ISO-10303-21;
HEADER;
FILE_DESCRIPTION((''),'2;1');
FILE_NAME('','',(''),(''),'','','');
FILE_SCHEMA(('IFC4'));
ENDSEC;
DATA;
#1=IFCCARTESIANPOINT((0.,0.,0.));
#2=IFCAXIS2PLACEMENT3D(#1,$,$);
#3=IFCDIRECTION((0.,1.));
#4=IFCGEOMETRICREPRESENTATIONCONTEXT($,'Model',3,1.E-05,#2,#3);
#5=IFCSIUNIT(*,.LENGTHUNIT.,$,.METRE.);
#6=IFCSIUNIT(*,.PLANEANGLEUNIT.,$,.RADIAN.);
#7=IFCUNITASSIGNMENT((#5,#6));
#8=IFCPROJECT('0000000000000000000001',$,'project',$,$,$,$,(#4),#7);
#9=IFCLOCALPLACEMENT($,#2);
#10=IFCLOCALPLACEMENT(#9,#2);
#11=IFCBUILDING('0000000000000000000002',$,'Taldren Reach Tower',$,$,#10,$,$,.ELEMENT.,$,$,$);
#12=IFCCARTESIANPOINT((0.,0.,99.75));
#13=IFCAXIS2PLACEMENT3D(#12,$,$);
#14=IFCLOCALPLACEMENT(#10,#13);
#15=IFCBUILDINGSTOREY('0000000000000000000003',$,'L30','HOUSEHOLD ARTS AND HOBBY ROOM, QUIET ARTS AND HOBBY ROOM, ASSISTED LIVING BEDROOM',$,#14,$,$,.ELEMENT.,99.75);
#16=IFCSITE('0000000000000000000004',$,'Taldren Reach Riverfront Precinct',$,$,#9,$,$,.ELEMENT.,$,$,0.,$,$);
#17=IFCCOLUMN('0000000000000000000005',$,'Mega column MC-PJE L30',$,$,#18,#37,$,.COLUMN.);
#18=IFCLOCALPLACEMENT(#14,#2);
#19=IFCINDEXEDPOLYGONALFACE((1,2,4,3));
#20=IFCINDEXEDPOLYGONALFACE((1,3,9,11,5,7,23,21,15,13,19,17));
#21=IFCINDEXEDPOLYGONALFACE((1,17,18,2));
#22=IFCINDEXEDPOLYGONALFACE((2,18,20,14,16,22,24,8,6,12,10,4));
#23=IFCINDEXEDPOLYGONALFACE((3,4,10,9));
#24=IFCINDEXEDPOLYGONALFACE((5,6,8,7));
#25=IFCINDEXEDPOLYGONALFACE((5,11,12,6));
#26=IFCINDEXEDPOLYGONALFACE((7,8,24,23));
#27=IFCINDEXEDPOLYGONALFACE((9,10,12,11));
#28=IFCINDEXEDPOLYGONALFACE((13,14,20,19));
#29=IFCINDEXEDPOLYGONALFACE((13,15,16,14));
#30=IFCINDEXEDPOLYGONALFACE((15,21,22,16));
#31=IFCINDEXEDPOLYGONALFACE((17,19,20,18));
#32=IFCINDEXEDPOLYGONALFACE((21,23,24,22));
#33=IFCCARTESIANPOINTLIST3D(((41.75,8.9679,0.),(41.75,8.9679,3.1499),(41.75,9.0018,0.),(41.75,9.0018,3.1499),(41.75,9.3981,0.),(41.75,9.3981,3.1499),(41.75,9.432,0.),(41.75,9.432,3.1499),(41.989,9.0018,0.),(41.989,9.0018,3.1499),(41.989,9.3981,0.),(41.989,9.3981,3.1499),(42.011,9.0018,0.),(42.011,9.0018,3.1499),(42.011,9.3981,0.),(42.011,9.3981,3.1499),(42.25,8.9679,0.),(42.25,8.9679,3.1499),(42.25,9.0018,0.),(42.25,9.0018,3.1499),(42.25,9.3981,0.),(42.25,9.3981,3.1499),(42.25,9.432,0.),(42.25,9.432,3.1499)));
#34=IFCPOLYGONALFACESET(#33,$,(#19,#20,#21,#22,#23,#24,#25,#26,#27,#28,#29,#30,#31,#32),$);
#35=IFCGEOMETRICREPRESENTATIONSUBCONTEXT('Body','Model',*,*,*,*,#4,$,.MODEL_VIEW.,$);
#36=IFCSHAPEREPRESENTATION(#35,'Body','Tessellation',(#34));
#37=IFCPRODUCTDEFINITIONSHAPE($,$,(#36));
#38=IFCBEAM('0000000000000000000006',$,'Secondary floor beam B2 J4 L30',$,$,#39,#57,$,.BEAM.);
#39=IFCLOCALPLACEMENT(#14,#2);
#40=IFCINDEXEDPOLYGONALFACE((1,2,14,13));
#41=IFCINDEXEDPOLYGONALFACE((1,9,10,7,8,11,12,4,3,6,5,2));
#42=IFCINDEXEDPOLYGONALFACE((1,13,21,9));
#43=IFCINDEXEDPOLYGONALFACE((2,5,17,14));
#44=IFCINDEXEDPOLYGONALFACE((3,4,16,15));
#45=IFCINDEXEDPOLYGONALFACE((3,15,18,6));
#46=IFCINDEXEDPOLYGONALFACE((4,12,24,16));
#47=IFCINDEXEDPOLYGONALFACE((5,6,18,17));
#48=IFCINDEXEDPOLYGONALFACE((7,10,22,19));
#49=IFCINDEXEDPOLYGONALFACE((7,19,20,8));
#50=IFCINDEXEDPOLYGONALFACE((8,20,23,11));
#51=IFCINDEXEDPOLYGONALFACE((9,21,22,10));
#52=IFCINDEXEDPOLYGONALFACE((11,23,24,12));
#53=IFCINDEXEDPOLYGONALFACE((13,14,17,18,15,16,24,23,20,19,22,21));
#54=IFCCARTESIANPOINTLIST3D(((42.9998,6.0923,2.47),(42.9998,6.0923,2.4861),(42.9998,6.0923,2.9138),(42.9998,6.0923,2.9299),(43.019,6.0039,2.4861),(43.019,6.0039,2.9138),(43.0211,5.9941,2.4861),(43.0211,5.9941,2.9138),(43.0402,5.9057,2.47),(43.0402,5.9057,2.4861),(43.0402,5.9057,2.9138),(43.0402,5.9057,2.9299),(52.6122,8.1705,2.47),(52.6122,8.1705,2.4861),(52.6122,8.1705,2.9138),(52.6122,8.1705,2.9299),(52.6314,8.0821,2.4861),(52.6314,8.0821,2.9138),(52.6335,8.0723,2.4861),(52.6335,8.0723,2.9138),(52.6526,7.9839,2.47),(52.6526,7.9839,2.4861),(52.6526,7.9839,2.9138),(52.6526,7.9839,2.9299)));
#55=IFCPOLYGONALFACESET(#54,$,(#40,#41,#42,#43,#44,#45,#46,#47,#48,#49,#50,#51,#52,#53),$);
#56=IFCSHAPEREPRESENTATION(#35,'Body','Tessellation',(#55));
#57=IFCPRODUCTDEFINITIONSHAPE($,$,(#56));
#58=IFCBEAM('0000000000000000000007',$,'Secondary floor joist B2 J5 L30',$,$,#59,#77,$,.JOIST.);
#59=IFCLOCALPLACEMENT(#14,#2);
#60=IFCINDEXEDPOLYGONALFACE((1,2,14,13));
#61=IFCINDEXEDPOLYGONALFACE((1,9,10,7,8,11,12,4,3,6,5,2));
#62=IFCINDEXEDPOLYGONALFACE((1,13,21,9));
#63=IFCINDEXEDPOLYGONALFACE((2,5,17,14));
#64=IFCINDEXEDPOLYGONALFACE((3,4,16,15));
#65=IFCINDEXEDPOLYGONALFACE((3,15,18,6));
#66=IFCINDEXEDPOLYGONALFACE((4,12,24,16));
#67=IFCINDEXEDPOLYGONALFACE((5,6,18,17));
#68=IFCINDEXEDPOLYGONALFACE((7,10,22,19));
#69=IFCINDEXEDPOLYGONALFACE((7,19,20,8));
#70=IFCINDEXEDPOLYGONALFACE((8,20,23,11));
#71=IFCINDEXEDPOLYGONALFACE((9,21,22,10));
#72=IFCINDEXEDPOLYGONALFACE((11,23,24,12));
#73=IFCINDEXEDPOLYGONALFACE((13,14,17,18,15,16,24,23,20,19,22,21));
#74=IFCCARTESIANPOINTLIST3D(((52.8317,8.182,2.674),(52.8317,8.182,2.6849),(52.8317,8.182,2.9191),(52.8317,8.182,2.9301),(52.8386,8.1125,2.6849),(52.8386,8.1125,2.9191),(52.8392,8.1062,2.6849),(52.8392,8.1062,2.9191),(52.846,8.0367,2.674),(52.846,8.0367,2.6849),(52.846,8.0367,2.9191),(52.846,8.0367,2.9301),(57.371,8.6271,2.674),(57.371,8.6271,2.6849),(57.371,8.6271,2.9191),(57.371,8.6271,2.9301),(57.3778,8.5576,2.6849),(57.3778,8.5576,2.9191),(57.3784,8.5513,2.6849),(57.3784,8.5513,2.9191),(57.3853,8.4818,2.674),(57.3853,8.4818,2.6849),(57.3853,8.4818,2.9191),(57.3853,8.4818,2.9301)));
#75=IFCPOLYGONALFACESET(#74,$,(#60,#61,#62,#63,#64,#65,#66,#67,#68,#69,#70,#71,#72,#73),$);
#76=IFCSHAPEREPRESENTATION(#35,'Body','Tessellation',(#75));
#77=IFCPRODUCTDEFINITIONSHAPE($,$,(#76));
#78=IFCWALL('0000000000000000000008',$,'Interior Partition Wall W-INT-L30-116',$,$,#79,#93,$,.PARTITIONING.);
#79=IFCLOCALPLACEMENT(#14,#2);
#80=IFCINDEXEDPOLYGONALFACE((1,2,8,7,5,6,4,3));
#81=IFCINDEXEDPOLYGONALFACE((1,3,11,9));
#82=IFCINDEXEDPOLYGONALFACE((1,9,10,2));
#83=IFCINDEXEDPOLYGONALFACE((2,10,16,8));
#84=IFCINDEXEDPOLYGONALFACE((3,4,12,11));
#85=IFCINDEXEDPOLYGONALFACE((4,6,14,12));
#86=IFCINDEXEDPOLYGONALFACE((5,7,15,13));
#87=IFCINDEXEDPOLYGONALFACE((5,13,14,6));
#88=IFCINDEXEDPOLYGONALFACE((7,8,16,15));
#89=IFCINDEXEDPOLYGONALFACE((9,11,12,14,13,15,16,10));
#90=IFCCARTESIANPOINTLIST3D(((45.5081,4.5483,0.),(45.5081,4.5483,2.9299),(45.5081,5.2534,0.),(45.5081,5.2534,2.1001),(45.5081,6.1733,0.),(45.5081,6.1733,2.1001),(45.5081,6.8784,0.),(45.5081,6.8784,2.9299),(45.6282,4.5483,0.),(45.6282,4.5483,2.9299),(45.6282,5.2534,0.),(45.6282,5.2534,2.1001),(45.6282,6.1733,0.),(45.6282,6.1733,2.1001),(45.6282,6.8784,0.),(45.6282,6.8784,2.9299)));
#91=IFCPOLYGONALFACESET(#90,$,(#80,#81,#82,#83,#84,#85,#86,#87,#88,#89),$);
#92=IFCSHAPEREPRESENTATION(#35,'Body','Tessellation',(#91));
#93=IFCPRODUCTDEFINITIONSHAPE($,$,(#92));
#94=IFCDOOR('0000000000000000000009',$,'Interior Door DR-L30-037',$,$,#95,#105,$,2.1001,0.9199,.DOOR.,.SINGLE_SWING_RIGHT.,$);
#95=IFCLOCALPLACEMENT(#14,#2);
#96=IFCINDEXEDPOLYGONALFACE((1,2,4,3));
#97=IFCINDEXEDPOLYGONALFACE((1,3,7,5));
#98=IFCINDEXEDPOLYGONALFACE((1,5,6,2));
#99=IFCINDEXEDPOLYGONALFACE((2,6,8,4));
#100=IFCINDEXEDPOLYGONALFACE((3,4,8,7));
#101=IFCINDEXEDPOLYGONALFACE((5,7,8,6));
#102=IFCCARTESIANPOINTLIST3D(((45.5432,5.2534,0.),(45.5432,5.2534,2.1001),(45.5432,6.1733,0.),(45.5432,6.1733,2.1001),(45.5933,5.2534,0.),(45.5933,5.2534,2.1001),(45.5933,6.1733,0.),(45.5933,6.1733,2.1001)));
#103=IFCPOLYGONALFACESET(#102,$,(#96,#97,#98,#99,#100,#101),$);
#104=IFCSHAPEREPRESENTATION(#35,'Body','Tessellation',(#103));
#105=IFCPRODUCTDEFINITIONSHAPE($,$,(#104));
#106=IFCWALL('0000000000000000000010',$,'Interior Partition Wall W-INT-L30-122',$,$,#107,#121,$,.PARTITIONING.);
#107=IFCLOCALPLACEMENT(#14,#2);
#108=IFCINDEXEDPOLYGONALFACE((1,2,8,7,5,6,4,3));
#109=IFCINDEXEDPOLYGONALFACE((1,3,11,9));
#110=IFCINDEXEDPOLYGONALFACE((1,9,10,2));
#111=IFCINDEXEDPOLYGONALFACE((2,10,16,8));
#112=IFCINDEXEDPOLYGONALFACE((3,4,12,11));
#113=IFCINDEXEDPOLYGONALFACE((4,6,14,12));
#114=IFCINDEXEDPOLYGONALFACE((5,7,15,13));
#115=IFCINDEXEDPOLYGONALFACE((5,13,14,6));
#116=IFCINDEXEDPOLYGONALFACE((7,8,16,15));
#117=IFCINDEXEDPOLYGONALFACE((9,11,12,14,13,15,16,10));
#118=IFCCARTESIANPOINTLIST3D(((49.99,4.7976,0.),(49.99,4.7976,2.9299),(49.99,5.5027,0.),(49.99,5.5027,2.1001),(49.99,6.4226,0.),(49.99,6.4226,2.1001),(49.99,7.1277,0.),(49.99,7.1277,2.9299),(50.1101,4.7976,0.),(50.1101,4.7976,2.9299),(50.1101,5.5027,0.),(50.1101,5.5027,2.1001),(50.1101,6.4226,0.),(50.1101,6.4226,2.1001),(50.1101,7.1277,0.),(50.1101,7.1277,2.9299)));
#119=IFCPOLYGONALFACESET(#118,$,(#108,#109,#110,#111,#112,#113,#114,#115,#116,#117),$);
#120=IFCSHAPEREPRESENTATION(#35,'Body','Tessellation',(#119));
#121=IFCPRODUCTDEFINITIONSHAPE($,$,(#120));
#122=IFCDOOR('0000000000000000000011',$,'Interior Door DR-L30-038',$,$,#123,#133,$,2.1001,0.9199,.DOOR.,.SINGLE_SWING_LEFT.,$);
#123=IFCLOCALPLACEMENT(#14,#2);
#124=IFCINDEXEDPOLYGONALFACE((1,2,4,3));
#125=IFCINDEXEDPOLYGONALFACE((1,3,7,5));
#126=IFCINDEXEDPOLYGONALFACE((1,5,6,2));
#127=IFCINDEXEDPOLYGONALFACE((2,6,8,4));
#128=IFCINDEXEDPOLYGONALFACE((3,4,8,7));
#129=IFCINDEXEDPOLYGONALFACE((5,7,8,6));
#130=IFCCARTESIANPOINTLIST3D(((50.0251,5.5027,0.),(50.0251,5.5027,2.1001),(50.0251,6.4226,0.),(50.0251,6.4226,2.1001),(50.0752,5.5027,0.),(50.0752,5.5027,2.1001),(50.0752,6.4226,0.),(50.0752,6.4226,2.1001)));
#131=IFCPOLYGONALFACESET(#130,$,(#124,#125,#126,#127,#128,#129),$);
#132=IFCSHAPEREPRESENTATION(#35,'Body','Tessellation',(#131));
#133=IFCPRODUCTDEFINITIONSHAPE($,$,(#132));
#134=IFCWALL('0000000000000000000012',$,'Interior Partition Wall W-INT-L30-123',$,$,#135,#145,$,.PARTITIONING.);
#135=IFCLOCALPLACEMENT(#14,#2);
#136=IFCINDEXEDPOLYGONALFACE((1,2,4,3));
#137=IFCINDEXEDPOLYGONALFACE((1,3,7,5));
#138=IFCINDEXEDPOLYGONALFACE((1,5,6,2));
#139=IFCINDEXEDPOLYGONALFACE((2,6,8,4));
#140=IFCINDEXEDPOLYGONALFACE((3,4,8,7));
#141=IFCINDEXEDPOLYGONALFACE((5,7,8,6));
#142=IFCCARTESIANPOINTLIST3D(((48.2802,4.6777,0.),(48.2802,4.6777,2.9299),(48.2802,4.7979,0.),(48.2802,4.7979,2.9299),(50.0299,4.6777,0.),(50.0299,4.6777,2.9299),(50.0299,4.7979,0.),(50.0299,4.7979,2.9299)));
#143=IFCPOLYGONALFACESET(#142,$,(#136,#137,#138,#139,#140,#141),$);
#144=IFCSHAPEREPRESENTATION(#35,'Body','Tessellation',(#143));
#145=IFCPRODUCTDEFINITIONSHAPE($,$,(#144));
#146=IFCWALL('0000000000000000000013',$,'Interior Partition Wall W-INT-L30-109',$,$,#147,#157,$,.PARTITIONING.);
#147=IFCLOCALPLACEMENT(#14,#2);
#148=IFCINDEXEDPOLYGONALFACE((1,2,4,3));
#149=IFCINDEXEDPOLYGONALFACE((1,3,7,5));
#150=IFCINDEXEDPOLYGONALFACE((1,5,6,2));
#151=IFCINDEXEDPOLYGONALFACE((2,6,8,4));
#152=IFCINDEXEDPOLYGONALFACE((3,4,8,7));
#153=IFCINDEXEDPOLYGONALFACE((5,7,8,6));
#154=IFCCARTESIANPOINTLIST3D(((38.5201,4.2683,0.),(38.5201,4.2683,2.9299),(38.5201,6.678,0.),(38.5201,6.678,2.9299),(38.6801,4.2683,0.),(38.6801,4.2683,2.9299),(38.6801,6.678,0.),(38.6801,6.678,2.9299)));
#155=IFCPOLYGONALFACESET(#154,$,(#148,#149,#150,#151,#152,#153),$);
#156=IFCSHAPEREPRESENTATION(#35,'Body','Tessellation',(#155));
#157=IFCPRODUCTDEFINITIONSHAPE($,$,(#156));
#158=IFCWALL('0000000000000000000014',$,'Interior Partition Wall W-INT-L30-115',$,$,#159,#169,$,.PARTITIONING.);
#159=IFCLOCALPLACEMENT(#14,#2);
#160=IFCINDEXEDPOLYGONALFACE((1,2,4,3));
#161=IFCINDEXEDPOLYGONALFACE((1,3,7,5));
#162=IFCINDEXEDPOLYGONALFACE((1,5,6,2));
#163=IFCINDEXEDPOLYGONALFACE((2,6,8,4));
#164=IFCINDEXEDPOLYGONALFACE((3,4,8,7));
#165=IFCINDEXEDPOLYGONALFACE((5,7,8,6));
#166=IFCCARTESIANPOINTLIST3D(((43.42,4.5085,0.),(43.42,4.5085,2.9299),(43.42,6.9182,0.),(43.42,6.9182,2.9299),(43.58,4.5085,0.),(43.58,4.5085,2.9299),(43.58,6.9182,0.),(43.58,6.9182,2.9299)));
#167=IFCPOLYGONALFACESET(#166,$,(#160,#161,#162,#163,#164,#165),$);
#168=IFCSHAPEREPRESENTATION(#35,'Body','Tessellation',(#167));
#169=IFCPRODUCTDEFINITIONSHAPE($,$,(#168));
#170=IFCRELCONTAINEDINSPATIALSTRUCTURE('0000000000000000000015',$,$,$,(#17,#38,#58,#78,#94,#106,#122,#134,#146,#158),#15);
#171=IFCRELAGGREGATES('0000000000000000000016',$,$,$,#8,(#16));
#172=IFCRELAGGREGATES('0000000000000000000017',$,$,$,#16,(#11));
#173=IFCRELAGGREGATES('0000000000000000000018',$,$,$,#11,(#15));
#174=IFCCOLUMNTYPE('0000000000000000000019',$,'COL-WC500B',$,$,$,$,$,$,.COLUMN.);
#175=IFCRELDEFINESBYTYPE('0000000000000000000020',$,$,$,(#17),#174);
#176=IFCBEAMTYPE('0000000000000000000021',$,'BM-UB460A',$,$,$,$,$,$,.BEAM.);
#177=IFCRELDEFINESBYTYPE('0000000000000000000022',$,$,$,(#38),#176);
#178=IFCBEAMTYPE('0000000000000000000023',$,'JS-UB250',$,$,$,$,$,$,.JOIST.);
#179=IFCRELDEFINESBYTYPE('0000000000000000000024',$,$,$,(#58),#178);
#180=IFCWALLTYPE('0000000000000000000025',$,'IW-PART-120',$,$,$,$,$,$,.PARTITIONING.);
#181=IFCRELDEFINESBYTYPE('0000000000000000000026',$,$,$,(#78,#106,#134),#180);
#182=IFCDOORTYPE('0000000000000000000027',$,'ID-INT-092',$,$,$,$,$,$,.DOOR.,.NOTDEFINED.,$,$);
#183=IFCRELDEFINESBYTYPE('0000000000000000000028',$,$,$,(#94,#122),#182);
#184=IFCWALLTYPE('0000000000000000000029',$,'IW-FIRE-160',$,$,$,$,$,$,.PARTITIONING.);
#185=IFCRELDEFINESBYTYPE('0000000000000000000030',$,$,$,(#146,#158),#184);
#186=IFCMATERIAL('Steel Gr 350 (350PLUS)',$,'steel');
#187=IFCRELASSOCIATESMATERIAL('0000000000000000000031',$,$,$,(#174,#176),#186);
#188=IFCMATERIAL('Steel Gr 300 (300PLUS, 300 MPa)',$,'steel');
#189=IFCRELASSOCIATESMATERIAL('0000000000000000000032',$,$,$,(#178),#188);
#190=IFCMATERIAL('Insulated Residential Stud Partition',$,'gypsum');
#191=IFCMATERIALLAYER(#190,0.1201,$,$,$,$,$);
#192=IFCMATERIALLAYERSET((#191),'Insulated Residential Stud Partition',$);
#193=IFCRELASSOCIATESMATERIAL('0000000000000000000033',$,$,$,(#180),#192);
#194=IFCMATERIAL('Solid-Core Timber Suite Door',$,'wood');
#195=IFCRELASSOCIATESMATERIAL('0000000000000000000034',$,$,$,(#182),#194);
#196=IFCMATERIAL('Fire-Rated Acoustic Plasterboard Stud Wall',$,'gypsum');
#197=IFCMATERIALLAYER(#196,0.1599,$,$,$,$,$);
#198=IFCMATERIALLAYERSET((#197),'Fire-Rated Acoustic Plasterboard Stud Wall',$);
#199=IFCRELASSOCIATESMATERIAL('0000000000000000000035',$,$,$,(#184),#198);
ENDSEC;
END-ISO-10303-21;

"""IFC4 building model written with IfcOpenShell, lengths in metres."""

from ifc_helpers import new_model, si_unit, direction, frame, frame_2d, origin, origin_2d, place, context, subcontext, project, spatial, rectangle, i_section, extrude, source, transform, mapped, material, layer, layer_set, material_profile, profile_set, type_object, element, fill, save


model = new_model("IFC4")

# Units and contexts
model_context = context("Model", 3, precision=1e-05, world=origin(), true_north=direction((0.0, 1.0)))
body_context = subcontext(model_context, "Body", "Model", "MODEL_VIEW")
ifc_project = project(units=[si_unit("LENGTHUNIT", "METRE"), si_unit("PLANEANGLEUNIT", "RADIAN")], contexts=[model_context])

# Site, building, storey
site_placement = place(None, origin())
site = spatial("IfcSite", under=ifc_project, at=site_placement, Name="Taldren Reach Riverfront Precinct", CompositionType="ELEMENT", RefElevation=0.0)
building_placement = place(site_placement, origin())
building = spatial("IfcBuilding", under=site, at=building_placement, Name="Taldren Reach Tower", CompositionType="ELEMENT")
storey_placement = place(building_placement, frame((0.0, 0.0, 99.75)))
storey = spatial("IfcBuildingStorey", under=building, at=storey_placement, Name="L30", Description="HOUSEHOLD ARTS AND HOBBY ROOM, QUIET ARTS AND HOBBY ROOM, ASSISTED LIVING BEDROOM", CompositionType="ELEMENT", Elevation=99.75)

# Column
ifc_material_1 = material(Name="Steel Gr 350 (350PLUS)", Category="steel")
ifc_material_profile_1 = material_profile(ifc_material_1, i_section(OverallWidth=0.5, OverallDepth=0.4641, WebThickness=0.022, FlangeThickness=0.0339, at=origin_2d()), Name="500WC340")
ifc_profile_set_1 = profile_set([ifc_material_profile_1], Name="Steel Gr 350 (350PLUS)")
column_type = type_object("IfcColumnType", Name="COL-WC500B", PredefinedType="COLUMN", material=ifc_profile_set_1)
shared_shape_1 = source(origin(), body_context, "Body", "SweptSolid", [
    extrude(i_section(OverallWidth=0.5, OverallDepth=0.4641, WebThickness=0.022, FlangeThickness=0.0339, at=origin_2d()), origin(), (0.0, 0.0, 1.0), 3.1499),
])
column_placement = place(storey_placement, frame((42.0, 9.2, 0.0), z_axis=(0.0, 0.0, 1.0), x_axis=(1.0, 0.0, 0.0)))
element("IfcColumn", 1, at=column_placement, inside=storey, type_object=column_type, Name="Mega column MC-PJE L30", PredefinedType="COLUMN", context=body_context, shape_type="MappedRepresentation", body=[
    mapped(shared_shape_1, transform((0.0, 0.0, 0.0), scale=1.0)),
])

# Beams
ifc_material_profile_2 = material_profile(ifc_material_1, i_section(OverallWidth=0.1909, OverallDepth=0.46, WebThickness=0.01, FlangeThickness=0.0161, at=origin_2d()), Name="460UB82.1")
ifc_profile_set_2 = profile_set([ifc_material_profile_2], Name="Steel Gr 350 (350PLUS)")
beam_type_1 = type_object("IfcBeamType", Name="BM-UB460A", PredefinedType="BEAM", material=ifc_profile_set_2)
shared_shape_2 = source(origin(), body_context, "Body", "SweptSolid", [
    extrude(i_section(OverallWidth=0.1909, OverallDepth=0.46, WebThickness=0.01, FlangeThickness=0.0161, at=origin_2d()), origin(), (0.0, 0.0, 1.0), 9.8345),
])
beam_1_placement = place(storey_placement, frame((43.02, 5.999, 2.7), z_axis=(0.977419, 0.211312, 0.0), x_axis=(-0.211312, 0.977419, 0.0)))
element("IfcBeam", 2, at=beam_1_placement, inside=storey, type_object=beam_type_1, Name="Secondary floor beam B2 J4 L30", PredefinedType="BEAM", context=body_context, shape_type="MappedRepresentation", body=[
    mapped(shared_shape_2, transform((0.0, 0.0, 0.0), scale=1.0)),
])
ifc_material_2 = material(Name="Steel Gr 300 (300PLUS, 300 MPa)", Category="steel")
ifc_material_profile_3 = material_profile(ifc_material_2, i_section(OverallWidth=0.146, OverallDepth=0.2561, WebThickness=0.0063, FlangeThickness=0.011, at=origin_2d()), Name="250UB37.3")
ifc_profile_set_3 = profile_set([ifc_material_profile_3], Name="Steel Gr 300 (300PLUS, 300 MPa)")
beam_type_2 = type_object("IfcBeamType", Name="JS-UB250", PredefinedType="JOIST", material=ifc_profile_set_3)
shared_shape_3 = source(origin(), body_context, "Body", "SweptSolid", [
    extrude(i_section(OverallWidth=0.146, OverallDepth=0.2561, WebThickness=0.0063, FlangeThickness=0.011, at=origin_2d()), origin(), (0.0, 0.0, 1.0), 4.561),
])
beam_2_placement = place(storey_placement, frame((52.8389, 8.1094, 2.802), z_axis=(0.995228, 0.09758, 0.0), x_axis=(-0.09758, 0.995228, 0.0)))
element("IfcBeam", 3, at=beam_2_placement, inside=storey, type_object=beam_type_2, Name="Secondary floor joist B2 J5 L30", PredefinedType="JOIST", context=body_context, shape_type="MappedRepresentation", body=[
    mapped(shared_shape_3, transform((0.0, 0.0, 0.0), scale=1.0)),
])

# Walls, openings, doors
ifc_material_3 = material(Name="Insulated Residential Stud Partition", Category="gypsum")
ifc_layer_1 = layer(ifc_material_3, 0.1201)
ifc_layer_set_1 = layer_set([ifc_layer_1], Name="Insulated Residential Stud Partition")
wall_type_1 = type_object("IfcWallType", Name="IW-PART-120", PredefinedType="PARTITIONING", material=ifc_layer_set_1)
shared_shape_4 = source(origin(), body_context, "Body", "SweptSolid", [
    extrude(rectangle(XDim=2.3301, YDim=0.1201, at=frame_2d((1.165, 0.0))), origin(), (0.0, 0.0, 1.0), 2.9299),
])
wall_1_placement = place(storey_placement, frame((45.5681, 4.5483, 0.0), z_axis=(0.0, 0.0, 1.0), x_axis=(0.0, 1.0, 0.0)))
wall_1 = element("IfcWall", 4, at=wall_1_placement, inside=storey, type_object=wall_type_1, Name="Interior Partition Wall W-INT-L30-116", PredefinedType="PARTITIONING", context=body_context, shape_type="MappedRepresentation", body=[
    mapped(shared_shape_4, transform((0.0, 0.0, 0.0), scale=1.0)),
])
shared_shape_5 = source(origin(), body_context, "Body", "SweptSolid", [
    extrude(rectangle(XDim=0.9199, YDim=2.1001, at=frame_2d((0.46, 1.05))), frame((0.0, 0.0701, 0.0), z_axis=(0.0, -1.0, 0.0), x_axis=(1.0, 0.0, 0.0)), (0.0, 0.0, 1.0), 0.1401),
])
opening_1_placement = place(wall_1_placement, frame((0.7051, 0.0, 0.0)))
opening_1 = element("IfcOpeningElement", 5, at=opening_1_placement, cuts=wall_1, PredefinedType="OPENING", context=body_context, shape_type="MappedRepresentation", body=[
    mapped(shared_shape_5, transform((0.0, 0.0, 0.0), scale=1.0)),
])
ifc_material_4 = material(Name="Solid-Core Timber Suite Door", Category="wood")
door_type = type_object("IfcDoorType", Name="ID-INT-092", OperationType="NOTDEFINED", PredefinedType="DOOR", material=ifc_material_4)
shared_shape_6 = source(origin(), body_context, "Body", "SweptSolid", [
    extrude(rectangle(XDim=0.9199, YDim=2.1001, at=frame_2d((0.46, 1.05))), frame((0.0, 0.0249, 0.0), z_axis=(0.0, -1.0, 0.0), x_axis=(1.0, 0.0, 0.0)), (0.0, 0.0, 1.0), 0.05),
])
door_1_placement = place(opening_1_placement, origin())
door_1 = element("IfcDoor", 6, at=door_1_placement, inside=storey, type_object=door_type, Name="Interior Door DR-L30-037", OperationType="SINGLE_SWING_RIGHT", OverallHeight=2.1001, OverallWidth=0.9199, PredefinedType="DOOR", context=body_context, shape_type="MappedRepresentation", body=[
    mapped(shared_shape_6, transform((0.0, 0.0, 0.0), scale=1.0)),
])
fill(opening_1, door_1)
wall_2_placement = place(storey_placement, frame((50.05, 4.7976, 0.0), z_axis=(0.0, 0.0, 1.0), x_axis=(0.0, 1.0, 0.0)))
wall_2 = element("IfcWall", 7, at=wall_2_placement, inside=storey, type_object=wall_type_1, Name="Interior Partition Wall W-INT-L30-122", PredefinedType="PARTITIONING", context=body_context, shape_type="MappedRepresentation", body=[
    mapped(shared_shape_4, transform((0.0, 0.0, 0.0), scale=1.0)),
])
opening_2_placement = place(wall_2_placement, frame((0.7051, 0.0, 0.0)))
opening_2 = element("IfcOpeningElement", 8, at=opening_2_placement, cuts=wall_2, PredefinedType="OPENING", context=body_context, shape_type="MappedRepresentation", body=[
    mapped(shared_shape_5, transform((0.0, 0.0, 0.0), scale=1.0)),
])
door_2_placement = place(opening_2_placement, origin())
door_2 = element("IfcDoor", 9, at=door_2_placement, inside=storey, type_object=door_type, Name="Interior Door DR-L30-038", OperationType="SINGLE_SWING_LEFT", OverallHeight=2.1001, OverallWidth=0.9199, PredefinedType="DOOR", context=body_context, shape_type="MappedRepresentation", body=[
    mapped(shared_shape_6, transform((0.0, 0.0, 0.0), scale=1.0)),
])
fill(opening_2, door_2)

# Walls
shared_shape_7 = source(origin(), body_context, "Body", "SweptSolid", [
    extrude(rectangle(XDim=1.7498, YDim=0.1201, at=frame_2d((0.875, 0.0))), origin(), (0.0, 0.0, 1.0), 2.9299),
])
wall_3_placement = place(storey_placement, frame((48.28, 4.7378, 0.0), z_axis=(0.0, 0.0, 1.0), x_axis=(1.0, 0.0, 0.0)))
element("IfcWall", 10, at=wall_3_placement, inside=storey, type_object=wall_type_1, Name="Interior Partition Wall W-INT-L30-123", PredefinedType="PARTITIONING", context=body_context, shape_type="MappedRepresentation", body=[
    mapped(shared_shape_7, transform((0.0, 0.0, 0.0), scale=1.0)),
])
ifc_material_5 = material(Name="Fire-Rated Acoustic Plasterboard Stud Wall", Category="gypsum")
ifc_layer_2 = layer(ifc_material_5, 0.1599)
ifc_layer_set_2 = layer_set([ifc_layer_2], Name="Fire-Rated Acoustic Plasterboard Stud Wall")
wall_type_2 = type_object("IfcWallType", Name="IW-FIRE-160", PredefinedType="PARTITIONING", material=ifc_layer_set_2)
shared_shape_8 = source(origin(), body_context, "Body", "SweptSolid", [
    extrude(rectangle(XDim=2.4097, YDim=0.1599, at=frame_2d((1.2048, 0.0))), origin(), (0.0, 0.0, 1.0), 2.9299),
])
for number, where, z_axis, x_axis, name in (
    (11, (38.6001, 6.678, 0.0), (0.0, 0.0, 1.0), (0.0, -1.0, 0.0), "Interior Partition Wall W-INT-L30-109"),
    (12, (43.5, 6.9182, 0.0), (0.0, 0.0, 1.0), (0.0, -1.0, 0.0), "Interior Partition Wall W-INT-L30-115"),
):
    element("IfcWall", number, at=place(storey_placement, frame(where, z_axis=z_axis, x_axis=x_axis)), inside=storey, type_object=wall_type_2, Name=name, PredefinedType="PARTITIONING", context=body_context, shape_type="MappedRepresentation", body=[
        mapped(shared_shape_8, transform((0.0, 0.0, 0.0), scale=1.0)),
    ])

save(model, "model.ifc")
